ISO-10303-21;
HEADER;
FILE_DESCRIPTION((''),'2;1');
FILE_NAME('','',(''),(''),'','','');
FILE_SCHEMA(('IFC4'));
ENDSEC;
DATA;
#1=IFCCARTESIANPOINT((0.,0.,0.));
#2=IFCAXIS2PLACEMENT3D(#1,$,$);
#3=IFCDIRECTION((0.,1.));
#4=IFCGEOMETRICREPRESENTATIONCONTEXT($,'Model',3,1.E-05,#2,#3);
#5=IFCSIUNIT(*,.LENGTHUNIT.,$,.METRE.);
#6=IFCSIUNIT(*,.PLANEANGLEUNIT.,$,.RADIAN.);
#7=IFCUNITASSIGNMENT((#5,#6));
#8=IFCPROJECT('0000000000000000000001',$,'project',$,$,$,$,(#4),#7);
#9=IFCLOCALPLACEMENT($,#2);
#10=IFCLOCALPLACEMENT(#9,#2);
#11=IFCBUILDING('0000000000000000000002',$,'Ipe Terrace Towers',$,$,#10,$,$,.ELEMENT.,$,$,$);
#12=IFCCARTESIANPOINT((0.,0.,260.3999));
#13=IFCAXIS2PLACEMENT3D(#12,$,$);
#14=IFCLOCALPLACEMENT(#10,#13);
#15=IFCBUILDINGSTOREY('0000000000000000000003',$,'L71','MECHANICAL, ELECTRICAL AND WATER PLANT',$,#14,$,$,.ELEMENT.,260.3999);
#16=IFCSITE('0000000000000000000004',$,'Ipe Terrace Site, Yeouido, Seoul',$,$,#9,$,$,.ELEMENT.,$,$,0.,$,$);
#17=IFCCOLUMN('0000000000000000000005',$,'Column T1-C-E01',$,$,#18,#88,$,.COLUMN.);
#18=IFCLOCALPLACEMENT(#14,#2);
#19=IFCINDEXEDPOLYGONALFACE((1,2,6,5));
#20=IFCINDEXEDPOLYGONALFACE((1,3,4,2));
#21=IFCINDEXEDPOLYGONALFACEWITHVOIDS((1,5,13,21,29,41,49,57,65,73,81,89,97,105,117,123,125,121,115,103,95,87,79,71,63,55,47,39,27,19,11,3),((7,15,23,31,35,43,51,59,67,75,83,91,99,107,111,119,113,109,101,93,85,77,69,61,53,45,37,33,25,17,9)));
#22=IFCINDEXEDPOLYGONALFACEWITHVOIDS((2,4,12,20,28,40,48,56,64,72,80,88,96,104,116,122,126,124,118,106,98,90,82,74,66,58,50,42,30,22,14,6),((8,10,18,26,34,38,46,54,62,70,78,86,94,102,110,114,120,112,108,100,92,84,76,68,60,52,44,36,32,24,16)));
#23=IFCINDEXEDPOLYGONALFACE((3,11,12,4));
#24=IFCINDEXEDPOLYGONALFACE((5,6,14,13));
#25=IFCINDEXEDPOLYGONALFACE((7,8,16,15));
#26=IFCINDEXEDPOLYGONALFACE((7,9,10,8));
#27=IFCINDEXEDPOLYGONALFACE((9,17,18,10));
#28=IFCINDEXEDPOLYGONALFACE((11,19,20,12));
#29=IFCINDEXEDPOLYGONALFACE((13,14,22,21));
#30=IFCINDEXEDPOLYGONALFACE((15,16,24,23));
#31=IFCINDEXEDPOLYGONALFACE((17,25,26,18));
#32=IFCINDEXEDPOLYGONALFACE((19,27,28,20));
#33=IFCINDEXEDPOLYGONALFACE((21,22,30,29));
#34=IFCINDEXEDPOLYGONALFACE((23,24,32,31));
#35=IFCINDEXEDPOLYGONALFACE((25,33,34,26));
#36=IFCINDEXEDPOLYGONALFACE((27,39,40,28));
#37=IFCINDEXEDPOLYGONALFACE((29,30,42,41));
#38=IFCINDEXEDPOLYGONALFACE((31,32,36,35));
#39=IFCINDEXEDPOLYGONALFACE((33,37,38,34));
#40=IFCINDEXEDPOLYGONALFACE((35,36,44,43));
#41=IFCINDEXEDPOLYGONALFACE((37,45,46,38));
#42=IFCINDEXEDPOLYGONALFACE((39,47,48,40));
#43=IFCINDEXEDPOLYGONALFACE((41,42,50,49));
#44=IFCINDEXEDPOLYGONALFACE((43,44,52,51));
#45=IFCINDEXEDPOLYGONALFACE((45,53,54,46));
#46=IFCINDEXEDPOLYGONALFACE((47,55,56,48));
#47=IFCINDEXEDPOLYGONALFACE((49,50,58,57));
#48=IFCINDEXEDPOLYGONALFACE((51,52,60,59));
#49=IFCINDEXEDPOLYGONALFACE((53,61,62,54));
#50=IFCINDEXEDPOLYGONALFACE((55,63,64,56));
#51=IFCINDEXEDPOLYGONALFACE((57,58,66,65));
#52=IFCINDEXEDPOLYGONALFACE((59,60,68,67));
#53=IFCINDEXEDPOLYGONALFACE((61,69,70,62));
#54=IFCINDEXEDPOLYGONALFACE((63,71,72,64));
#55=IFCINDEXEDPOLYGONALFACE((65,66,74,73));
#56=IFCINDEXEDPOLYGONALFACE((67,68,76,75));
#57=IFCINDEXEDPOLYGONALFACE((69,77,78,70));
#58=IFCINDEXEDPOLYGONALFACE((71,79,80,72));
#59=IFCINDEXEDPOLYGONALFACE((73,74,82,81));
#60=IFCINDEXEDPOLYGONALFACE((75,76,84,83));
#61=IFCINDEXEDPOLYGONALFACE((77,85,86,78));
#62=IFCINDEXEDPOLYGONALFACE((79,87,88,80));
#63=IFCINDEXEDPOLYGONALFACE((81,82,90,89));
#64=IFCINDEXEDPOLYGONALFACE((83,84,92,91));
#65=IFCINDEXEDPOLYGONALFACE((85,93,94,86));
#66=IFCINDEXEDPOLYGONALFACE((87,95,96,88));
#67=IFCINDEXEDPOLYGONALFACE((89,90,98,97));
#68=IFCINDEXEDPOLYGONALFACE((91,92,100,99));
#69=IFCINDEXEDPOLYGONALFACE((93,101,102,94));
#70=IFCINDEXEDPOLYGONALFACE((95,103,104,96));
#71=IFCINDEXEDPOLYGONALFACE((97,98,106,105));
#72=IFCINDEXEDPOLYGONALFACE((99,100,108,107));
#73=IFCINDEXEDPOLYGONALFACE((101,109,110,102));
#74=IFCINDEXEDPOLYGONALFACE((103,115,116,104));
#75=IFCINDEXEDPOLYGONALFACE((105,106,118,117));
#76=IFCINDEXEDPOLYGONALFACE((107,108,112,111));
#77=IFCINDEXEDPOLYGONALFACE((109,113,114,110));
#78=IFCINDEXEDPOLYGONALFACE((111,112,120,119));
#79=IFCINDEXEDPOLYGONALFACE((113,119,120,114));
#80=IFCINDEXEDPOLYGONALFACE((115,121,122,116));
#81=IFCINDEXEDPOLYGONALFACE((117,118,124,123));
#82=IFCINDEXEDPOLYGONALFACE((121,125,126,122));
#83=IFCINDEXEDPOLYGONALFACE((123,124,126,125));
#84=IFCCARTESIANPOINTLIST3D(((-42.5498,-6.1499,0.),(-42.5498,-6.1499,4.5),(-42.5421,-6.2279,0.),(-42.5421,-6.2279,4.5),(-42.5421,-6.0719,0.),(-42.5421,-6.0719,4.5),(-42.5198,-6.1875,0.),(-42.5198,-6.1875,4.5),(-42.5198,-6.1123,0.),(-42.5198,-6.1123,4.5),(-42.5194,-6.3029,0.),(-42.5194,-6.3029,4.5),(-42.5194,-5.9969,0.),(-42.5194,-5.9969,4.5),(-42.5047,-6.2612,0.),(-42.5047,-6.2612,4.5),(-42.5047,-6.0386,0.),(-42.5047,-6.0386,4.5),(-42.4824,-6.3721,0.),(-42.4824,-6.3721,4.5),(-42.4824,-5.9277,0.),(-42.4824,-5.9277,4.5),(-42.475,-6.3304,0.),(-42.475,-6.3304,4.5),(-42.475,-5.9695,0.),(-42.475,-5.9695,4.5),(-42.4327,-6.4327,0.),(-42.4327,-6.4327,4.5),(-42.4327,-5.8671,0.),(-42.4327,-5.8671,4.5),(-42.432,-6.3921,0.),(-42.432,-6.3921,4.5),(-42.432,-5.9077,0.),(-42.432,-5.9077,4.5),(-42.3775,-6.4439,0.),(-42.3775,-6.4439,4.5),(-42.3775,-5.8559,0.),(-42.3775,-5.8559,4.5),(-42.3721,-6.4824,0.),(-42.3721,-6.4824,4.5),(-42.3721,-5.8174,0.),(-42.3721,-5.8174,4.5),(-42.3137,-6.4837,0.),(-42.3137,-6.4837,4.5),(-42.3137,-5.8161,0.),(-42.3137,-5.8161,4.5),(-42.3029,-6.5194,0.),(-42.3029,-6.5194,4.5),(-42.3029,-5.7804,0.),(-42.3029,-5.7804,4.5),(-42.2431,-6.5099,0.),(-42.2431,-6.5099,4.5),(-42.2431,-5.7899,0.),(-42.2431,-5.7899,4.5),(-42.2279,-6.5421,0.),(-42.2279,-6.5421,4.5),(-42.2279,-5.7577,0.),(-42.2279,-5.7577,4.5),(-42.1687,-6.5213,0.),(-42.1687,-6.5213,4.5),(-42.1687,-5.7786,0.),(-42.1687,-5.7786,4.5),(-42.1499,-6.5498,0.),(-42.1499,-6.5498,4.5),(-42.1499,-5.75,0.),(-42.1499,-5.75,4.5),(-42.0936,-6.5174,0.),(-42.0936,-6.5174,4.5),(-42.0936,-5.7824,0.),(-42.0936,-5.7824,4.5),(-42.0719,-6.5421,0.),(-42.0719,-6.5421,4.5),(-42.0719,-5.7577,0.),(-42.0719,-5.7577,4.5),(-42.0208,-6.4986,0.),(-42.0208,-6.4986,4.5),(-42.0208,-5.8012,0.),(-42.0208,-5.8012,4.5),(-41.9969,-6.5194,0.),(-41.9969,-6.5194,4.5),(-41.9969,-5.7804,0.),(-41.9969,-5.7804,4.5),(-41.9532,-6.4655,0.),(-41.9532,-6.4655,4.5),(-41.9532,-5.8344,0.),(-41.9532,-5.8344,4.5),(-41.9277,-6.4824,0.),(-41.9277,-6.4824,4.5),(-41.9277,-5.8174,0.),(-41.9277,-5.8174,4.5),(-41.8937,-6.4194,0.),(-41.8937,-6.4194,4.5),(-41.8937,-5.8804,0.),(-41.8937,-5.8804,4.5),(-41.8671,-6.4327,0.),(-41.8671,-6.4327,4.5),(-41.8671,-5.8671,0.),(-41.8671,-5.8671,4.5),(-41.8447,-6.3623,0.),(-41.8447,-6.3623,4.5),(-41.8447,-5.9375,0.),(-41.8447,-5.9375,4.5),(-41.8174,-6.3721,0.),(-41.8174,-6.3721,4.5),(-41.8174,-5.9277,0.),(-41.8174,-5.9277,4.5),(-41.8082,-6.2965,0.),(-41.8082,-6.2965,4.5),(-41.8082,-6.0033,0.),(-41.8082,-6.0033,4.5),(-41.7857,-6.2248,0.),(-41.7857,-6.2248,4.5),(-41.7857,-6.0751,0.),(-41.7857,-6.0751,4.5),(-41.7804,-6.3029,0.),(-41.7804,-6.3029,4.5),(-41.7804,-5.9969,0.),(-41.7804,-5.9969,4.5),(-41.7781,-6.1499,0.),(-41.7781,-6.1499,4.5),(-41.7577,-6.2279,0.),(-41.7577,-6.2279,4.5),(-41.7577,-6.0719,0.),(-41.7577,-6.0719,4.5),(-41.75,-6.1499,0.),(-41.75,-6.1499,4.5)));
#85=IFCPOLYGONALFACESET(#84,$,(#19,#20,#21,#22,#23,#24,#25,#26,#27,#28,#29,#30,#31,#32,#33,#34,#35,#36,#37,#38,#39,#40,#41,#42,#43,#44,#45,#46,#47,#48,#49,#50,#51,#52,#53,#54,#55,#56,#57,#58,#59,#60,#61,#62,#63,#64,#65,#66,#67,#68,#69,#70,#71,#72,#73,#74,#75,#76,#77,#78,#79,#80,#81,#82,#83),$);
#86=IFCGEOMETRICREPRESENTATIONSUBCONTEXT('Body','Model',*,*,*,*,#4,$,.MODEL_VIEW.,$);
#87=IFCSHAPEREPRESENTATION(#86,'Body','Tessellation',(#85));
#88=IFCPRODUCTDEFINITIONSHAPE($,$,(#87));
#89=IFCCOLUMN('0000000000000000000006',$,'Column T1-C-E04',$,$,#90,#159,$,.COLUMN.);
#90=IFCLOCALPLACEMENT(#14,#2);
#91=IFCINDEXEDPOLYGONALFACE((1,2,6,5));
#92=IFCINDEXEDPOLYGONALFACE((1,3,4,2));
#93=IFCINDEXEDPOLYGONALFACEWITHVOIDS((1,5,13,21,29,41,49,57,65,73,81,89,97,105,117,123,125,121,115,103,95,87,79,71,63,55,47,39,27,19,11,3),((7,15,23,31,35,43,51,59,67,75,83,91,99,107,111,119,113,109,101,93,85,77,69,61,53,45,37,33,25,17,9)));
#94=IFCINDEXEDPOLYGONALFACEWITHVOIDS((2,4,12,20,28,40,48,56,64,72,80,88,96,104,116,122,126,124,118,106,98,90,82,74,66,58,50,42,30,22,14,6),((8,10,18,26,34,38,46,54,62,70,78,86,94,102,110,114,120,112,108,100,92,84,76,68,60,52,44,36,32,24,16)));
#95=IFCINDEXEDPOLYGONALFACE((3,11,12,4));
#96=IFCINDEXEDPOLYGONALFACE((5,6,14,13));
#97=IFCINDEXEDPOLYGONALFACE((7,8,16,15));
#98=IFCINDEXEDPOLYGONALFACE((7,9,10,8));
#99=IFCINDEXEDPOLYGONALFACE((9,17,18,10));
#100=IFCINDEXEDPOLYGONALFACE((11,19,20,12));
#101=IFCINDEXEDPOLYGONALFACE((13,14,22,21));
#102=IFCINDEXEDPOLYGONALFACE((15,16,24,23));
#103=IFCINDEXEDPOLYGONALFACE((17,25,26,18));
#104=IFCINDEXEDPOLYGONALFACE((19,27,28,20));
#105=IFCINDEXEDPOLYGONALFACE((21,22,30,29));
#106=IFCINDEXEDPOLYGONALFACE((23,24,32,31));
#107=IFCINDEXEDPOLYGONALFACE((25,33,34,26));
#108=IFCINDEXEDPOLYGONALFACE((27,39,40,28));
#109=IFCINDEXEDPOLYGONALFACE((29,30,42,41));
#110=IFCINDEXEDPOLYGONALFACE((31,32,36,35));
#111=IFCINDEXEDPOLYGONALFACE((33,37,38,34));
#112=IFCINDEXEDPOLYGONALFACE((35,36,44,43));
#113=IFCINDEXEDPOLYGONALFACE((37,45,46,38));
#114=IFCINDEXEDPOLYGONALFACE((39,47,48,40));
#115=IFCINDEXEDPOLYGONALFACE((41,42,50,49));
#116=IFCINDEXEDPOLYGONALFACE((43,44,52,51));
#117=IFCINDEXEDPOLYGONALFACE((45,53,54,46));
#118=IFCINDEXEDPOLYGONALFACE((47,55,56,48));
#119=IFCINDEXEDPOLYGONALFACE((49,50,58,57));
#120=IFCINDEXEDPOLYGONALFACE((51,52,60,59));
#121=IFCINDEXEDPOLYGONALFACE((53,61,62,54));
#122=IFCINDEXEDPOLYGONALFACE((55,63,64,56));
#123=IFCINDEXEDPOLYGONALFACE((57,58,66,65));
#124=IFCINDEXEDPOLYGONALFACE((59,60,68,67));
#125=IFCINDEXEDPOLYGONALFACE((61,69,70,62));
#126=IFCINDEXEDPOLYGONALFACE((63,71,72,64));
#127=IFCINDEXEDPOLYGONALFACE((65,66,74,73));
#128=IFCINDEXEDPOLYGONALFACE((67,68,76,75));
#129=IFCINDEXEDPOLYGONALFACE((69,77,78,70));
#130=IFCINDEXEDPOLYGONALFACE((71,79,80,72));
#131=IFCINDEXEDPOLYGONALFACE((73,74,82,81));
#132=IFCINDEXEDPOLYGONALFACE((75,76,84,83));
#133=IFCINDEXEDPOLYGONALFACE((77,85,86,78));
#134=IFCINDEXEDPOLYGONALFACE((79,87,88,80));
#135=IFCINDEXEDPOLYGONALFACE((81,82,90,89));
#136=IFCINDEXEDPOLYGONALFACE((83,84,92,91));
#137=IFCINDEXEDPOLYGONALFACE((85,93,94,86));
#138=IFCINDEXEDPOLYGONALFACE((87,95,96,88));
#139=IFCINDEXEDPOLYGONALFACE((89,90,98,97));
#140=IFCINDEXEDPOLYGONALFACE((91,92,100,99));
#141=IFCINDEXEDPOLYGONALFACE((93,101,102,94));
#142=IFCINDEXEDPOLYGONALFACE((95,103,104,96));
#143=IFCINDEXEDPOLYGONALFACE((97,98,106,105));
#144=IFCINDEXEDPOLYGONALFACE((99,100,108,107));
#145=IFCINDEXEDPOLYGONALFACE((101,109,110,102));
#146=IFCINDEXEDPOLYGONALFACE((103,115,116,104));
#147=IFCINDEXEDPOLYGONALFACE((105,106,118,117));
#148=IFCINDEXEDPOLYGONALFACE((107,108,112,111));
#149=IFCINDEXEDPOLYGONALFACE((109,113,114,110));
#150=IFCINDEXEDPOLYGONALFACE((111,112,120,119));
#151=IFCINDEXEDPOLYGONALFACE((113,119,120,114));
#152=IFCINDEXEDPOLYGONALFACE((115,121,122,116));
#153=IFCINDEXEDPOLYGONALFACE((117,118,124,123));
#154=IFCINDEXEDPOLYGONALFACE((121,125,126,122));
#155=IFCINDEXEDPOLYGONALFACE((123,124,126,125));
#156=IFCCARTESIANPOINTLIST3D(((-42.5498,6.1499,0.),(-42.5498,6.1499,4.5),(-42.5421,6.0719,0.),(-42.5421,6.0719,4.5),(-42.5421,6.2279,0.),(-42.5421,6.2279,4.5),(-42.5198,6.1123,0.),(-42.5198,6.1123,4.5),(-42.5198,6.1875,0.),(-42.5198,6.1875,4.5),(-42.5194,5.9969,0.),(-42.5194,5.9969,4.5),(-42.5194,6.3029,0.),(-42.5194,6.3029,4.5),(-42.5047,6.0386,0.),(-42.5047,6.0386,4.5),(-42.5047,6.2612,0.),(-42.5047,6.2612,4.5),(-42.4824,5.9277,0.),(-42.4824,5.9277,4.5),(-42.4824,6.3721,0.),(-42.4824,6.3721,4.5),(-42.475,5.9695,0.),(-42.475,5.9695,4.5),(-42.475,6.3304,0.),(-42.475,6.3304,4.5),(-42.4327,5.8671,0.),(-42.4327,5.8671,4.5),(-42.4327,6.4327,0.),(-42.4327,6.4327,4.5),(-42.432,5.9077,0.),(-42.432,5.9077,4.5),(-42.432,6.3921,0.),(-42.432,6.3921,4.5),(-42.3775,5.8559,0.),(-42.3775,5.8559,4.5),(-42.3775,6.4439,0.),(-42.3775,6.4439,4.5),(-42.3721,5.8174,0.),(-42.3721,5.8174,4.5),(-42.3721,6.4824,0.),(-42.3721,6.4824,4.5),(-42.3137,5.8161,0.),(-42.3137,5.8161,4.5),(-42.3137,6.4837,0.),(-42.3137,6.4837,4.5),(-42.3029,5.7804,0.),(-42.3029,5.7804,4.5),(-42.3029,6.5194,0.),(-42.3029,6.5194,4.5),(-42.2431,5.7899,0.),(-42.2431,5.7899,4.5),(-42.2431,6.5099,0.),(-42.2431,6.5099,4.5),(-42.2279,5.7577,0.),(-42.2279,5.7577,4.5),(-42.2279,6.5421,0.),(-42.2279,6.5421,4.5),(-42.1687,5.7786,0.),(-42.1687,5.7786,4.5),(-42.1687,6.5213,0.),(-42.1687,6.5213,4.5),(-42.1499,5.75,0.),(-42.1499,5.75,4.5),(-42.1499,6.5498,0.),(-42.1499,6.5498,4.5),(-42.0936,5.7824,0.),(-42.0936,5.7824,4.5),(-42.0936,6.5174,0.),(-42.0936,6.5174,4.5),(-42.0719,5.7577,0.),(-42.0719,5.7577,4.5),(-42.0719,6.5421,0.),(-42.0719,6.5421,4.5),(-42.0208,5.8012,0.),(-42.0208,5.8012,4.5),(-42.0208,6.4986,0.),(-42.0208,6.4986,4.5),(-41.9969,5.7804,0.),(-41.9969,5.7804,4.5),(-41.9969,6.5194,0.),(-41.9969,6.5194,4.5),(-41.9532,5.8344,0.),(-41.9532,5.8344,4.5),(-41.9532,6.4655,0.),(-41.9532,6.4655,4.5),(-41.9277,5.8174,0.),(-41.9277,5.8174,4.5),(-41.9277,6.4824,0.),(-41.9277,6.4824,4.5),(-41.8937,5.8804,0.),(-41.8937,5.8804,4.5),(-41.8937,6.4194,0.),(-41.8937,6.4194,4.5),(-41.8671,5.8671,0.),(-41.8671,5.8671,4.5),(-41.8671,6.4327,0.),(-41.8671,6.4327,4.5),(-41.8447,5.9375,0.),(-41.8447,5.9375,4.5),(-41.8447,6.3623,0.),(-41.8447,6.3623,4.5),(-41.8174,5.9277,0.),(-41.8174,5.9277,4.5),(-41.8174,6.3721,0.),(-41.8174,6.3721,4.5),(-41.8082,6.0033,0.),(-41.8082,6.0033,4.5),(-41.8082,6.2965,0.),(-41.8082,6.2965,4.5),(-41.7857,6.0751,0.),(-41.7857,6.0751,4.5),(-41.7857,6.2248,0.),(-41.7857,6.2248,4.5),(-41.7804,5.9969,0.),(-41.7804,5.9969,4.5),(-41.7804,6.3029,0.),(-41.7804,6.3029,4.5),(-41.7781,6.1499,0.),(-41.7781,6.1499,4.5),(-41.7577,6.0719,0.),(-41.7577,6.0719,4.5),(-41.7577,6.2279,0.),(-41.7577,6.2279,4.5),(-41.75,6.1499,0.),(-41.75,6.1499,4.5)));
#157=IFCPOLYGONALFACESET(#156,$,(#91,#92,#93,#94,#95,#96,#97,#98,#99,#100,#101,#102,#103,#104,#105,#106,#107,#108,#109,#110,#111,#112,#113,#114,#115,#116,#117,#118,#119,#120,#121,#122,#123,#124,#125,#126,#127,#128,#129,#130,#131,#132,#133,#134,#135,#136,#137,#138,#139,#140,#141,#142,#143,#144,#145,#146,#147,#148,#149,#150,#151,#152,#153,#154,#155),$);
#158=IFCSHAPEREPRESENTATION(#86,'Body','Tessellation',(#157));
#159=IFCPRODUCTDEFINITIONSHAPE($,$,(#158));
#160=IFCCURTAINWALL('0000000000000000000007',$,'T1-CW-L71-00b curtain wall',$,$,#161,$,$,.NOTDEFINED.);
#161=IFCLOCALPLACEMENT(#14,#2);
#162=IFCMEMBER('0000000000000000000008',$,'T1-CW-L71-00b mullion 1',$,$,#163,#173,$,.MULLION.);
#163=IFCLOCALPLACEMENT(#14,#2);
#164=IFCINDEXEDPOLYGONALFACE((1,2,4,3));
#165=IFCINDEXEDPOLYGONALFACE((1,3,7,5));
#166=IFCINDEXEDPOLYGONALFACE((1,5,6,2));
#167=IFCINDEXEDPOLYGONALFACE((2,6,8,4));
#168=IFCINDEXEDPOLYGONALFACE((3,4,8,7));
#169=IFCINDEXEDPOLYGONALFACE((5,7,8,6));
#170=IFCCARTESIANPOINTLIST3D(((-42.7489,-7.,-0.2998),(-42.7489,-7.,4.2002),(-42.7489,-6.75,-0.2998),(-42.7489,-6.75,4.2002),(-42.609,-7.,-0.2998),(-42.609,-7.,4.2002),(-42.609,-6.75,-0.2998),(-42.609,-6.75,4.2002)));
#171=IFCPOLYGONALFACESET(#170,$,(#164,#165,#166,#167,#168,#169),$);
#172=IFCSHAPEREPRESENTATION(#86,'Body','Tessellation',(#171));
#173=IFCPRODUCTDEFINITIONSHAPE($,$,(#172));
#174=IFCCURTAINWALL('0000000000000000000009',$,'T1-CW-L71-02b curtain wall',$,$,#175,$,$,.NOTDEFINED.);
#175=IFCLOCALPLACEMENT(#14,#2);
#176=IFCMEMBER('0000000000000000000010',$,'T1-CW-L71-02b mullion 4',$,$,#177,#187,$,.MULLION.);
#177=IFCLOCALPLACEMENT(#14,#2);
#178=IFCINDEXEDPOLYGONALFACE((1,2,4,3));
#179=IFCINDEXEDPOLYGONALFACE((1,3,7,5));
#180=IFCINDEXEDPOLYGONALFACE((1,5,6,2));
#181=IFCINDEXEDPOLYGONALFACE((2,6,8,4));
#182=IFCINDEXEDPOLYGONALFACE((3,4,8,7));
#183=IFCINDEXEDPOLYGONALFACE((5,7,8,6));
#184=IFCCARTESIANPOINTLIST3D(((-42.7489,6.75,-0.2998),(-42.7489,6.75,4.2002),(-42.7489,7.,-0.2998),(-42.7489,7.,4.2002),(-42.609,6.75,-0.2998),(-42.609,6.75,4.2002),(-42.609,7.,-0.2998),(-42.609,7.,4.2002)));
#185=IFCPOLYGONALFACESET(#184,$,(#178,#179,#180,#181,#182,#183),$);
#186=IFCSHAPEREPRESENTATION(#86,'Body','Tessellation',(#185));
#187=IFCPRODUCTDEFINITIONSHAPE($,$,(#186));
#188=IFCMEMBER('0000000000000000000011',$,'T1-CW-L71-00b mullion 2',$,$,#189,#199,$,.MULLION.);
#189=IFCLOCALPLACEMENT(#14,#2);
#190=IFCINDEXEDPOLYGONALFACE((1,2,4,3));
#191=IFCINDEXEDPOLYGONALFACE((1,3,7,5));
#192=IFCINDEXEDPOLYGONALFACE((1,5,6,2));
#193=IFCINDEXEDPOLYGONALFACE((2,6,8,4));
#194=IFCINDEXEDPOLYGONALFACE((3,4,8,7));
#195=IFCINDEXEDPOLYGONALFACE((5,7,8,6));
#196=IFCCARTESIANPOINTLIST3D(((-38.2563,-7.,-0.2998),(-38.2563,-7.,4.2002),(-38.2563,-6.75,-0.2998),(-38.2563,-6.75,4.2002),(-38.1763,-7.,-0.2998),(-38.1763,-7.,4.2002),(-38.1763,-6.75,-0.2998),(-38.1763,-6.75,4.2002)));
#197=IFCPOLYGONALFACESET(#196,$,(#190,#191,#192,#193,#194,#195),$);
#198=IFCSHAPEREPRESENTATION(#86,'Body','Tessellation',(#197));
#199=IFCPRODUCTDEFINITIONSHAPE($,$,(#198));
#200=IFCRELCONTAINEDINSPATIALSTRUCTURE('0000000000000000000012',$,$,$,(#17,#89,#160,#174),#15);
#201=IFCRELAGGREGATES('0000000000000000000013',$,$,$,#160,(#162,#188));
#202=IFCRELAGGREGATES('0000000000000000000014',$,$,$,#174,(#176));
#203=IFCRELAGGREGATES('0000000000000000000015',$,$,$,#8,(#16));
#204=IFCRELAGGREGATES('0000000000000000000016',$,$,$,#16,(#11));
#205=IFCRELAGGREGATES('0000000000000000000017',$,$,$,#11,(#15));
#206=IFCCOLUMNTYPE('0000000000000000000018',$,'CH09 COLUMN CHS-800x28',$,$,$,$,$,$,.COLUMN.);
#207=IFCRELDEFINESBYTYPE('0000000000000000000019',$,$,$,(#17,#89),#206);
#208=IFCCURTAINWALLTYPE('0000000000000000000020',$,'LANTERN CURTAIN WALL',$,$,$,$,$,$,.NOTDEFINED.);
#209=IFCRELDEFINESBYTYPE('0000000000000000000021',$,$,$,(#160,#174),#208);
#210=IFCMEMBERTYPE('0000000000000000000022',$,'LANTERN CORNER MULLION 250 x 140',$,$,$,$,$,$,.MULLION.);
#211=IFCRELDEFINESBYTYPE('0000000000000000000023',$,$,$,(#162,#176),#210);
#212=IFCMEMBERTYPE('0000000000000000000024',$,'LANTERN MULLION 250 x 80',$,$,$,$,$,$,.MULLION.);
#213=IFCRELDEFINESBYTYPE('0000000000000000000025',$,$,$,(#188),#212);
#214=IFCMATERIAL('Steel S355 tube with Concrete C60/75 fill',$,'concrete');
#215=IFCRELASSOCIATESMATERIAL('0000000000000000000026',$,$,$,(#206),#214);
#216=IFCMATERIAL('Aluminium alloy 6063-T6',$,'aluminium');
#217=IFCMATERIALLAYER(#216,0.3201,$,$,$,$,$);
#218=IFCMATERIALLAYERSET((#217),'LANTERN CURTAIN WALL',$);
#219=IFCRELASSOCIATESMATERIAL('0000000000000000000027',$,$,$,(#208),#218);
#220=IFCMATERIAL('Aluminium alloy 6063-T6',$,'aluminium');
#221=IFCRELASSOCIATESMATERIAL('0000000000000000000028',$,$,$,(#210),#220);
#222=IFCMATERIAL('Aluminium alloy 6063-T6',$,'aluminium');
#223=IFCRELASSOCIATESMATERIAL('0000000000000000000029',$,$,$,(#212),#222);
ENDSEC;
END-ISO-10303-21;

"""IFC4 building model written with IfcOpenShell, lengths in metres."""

from ifc_helpers import new_model, si_unit, direction, frame, origin, origin_2d, place, context, subcontext, project, spatial, rectangle, hollow_circle, extrude, material, layer, layer_set, material_profile, profile_set, type_object, element, aggregate, save


model = new_model("IFC4")

# Units and contexts
model_context = context("Model", 3, precision=1e-05, world=origin(), true_north=direction((0.0, 1.0)))
body_context = subcontext(model_context, "Body", "Model", "MODEL_VIEW")
ifc_project = project(units=[si_unit("LENGTHUNIT", "METRE"), si_unit("PLANEANGLEUNIT", "RADIAN")], contexts=[model_context])

# Site, building, storey
site_placement = place(None, origin())
site = spatial("IfcSite", under=ifc_project, at=site_placement, Name="Ipe Terrace Site, Yeouido, Seoul", CompositionType="ELEMENT", RefElevation=0.0)
building_placement = place(site_placement, origin())
building = spatial("IfcBuilding", under=site, at=building_placement, Name="Ipe Terrace Towers", CompositionType="ELEMENT")
storey_placement = place(building_placement, frame((0.0, 0.0, 260.3999)))
storey = spatial("IfcBuildingStorey", under=building, at=storey_placement, Name="L71", Description="MECHANICAL, ELECTRICAL AND WATER PLANT", CompositionType="ELEMENT", Elevation=260.3999)

# Columns
ifc_material_1 = material(Name="Steel S355 tube with Concrete C60/75 fill", Category="concrete")
ifc_material_profile_1 = material_profile(ifc_material_1, hollow_circle(Radius=0.3999, WallThickness=0.0281, at=origin_2d()), Name="CHS-800x28")
ifc_profile_set_1 = profile_set([ifc_material_profile_1], Name="Steel S355 tube with Concrete C60/75 fill")
column_type = type_object("IfcColumnType", Name="CH09 COLUMN CHS-800x28", PredefinedType="COLUMN", material=ifc_profile_set_1)
for number, where, z_axis, x_axis, name in (
    (1, (-42.1499, -6.1499, 0.0), (0.0, 0.0, 1.0), (1.0, 0.0, 0.0), "Column T1-C-E01"),
    (2, (-42.1499, 6.1499, 0.0), (0.0, 0.0, 1.0), (1.0, 0.0, 0.0), "Column T1-C-E04"),
):
    element("IfcColumn", number, at=place(storey_placement, frame(where, z_axis=z_axis, x_axis=x_axis)), inside=storey, type_object=column_type, Name=name, PredefinedType="COLUMN", context=body_context, shape_type="SweptSolid", body=[
        extrude(hollow_circle(Radius=0.3999, WallThickness=0.0281, at=origin_2d()), origin(), (0.0, 0.0, 1.0), 4.5),
    ])

# Curtain walls, members
ifc_material_2 = material(Name="Aluminium alloy 6063-T6", Category="aluminium")
ifc_layer_1 = layer(ifc_material_2, 0.3201)
ifc_layer_set_1 = layer_set([ifc_layer_1], Name="LANTERN CURTAIN WALL")
curtain_wall_type = type_object("IfcCurtainWallType", Name="LANTERN CURTAIN WALL", PredefinedType="NOTDEFINED", material=ifc_layer_set_1)
curtain_wall_1_placement = place(storey_placement, origin())
curtain_wall_1 = element("IfcCurtainWall", 3, at=curtain_wall_1_placement, inside=storey, type_object=curtain_wall_type, Name="T1-CW-L71-00b curtain wall", PredefinedType="NOTDEFINED")
ifc_material_3 = material(Name="Aluminium alloy 6063-T6", Category="aluminium")
ifc_material_profile_2 = material_profile(ifc_material_3, rectangle(XDim=0.25, YDim=0.1399, at=origin_2d()), Name="LANTERN CORNER MULLION 250 x 140")
ifc_profile_set_2 = profile_set([ifc_material_profile_2], Name="Aluminium alloy 6063-T6")
member_type_1 = type_object("IfcMemberType", Name="LANTERN CORNER MULLION 250 x 140", PredefinedType="MULLION", material=ifc_profile_set_2)
member_1_placement = place(storey_placement, frame((-42.679, -6.875, -0.2998), z_axis=(0.0, 0.0, 1.0), x_axis=(0.0, -1.0, 0.0)))
member_1 = element("IfcMember", 4, at=member_1_placement, type_object=member_type_1, Name="T1-CW-L71-00b mullion 1", PredefinedType="MULLION", context=body_context, shape_type="SweptSolid", body=[
    extrude(rectangle(XDim=0.25, YDim=0.1399, at=origin_2d()), origin(), (0.0, 0.0, 1.0), 4.5),
])
curtain_wall_2_placement = place(storey_placement, origin())
curtain_wall_2 = element("IfcCurtainWall", 5, at=curtain_wall_2_placement, inside=storey, type_object=curtain_wall_type, Name="T1-CW-L71-02b curtain wall", PredefinedType="NOTDEFINED")
member_2_placement = place(storey_placement, frame((-42.679, 6.875, -0.2998), z_axis=(0.0, 0.0, 1.0), x_axis=(0.0, 1.0, 0.0)))
member_2 = element("IfcMember", 6, at=member_2_placement, type_object=member_type_1, Name="T1-CW-L71-02b mullion 4", PredefinedType="MULLION", context=body_context, shape_type="SweptSolid", body=[
    extrude(rectangle(XDim=0.25, YDim=0.1399, at=origin_2d()), origin(), (0.0, 0.0, 1.0), 4.5),
])

# Member
ifc_material_4 = material(Name="Aluminium alloy 6063-T6", Category="aluminium")
ifc_material_profile_3 = material_profile(ifc_material_4, rectangle(XDim=0.25, YDim=0.0801, at=origin_2d()), Name="LANTERN MULLION 250 x 80")
ifc_profile_set_3 = profile_set([ifc_material_profile_3], Name="Aluminium alloy 6063-T6")
member_type_2 = type_object("IfcMemberType", Name="LANTERN MULLION 250 x 80", PredefinedType="MULLION", material=ifc_profile_set_3)
member_3_placement = place(storey_placement, frame((-38.2163, -6.875, -0.2998), z_axis=(0.0, 0.0, 1.0), x_axis=(0.0, -1.0, 0.0)))
member_3 = element("IfcMember", 7, at=member_3_placement, type_object=member_type_2, Name="T1-CW-L71-00b mullion 2", PredefinedType="MULLION", context=body_context, shape_type="SweptSolid", body=[
    extrude(rectangle(XDim=0.25, YDim=0.0801, at=origin_2d()), origin(), (0.0, 0.0, 1.0), 4.5),
])

aggregate(curtain_wall_1, [member_1, member_3])
aggregate(curtain_wall_2, [member_2])

save(model, "model.ifc")
